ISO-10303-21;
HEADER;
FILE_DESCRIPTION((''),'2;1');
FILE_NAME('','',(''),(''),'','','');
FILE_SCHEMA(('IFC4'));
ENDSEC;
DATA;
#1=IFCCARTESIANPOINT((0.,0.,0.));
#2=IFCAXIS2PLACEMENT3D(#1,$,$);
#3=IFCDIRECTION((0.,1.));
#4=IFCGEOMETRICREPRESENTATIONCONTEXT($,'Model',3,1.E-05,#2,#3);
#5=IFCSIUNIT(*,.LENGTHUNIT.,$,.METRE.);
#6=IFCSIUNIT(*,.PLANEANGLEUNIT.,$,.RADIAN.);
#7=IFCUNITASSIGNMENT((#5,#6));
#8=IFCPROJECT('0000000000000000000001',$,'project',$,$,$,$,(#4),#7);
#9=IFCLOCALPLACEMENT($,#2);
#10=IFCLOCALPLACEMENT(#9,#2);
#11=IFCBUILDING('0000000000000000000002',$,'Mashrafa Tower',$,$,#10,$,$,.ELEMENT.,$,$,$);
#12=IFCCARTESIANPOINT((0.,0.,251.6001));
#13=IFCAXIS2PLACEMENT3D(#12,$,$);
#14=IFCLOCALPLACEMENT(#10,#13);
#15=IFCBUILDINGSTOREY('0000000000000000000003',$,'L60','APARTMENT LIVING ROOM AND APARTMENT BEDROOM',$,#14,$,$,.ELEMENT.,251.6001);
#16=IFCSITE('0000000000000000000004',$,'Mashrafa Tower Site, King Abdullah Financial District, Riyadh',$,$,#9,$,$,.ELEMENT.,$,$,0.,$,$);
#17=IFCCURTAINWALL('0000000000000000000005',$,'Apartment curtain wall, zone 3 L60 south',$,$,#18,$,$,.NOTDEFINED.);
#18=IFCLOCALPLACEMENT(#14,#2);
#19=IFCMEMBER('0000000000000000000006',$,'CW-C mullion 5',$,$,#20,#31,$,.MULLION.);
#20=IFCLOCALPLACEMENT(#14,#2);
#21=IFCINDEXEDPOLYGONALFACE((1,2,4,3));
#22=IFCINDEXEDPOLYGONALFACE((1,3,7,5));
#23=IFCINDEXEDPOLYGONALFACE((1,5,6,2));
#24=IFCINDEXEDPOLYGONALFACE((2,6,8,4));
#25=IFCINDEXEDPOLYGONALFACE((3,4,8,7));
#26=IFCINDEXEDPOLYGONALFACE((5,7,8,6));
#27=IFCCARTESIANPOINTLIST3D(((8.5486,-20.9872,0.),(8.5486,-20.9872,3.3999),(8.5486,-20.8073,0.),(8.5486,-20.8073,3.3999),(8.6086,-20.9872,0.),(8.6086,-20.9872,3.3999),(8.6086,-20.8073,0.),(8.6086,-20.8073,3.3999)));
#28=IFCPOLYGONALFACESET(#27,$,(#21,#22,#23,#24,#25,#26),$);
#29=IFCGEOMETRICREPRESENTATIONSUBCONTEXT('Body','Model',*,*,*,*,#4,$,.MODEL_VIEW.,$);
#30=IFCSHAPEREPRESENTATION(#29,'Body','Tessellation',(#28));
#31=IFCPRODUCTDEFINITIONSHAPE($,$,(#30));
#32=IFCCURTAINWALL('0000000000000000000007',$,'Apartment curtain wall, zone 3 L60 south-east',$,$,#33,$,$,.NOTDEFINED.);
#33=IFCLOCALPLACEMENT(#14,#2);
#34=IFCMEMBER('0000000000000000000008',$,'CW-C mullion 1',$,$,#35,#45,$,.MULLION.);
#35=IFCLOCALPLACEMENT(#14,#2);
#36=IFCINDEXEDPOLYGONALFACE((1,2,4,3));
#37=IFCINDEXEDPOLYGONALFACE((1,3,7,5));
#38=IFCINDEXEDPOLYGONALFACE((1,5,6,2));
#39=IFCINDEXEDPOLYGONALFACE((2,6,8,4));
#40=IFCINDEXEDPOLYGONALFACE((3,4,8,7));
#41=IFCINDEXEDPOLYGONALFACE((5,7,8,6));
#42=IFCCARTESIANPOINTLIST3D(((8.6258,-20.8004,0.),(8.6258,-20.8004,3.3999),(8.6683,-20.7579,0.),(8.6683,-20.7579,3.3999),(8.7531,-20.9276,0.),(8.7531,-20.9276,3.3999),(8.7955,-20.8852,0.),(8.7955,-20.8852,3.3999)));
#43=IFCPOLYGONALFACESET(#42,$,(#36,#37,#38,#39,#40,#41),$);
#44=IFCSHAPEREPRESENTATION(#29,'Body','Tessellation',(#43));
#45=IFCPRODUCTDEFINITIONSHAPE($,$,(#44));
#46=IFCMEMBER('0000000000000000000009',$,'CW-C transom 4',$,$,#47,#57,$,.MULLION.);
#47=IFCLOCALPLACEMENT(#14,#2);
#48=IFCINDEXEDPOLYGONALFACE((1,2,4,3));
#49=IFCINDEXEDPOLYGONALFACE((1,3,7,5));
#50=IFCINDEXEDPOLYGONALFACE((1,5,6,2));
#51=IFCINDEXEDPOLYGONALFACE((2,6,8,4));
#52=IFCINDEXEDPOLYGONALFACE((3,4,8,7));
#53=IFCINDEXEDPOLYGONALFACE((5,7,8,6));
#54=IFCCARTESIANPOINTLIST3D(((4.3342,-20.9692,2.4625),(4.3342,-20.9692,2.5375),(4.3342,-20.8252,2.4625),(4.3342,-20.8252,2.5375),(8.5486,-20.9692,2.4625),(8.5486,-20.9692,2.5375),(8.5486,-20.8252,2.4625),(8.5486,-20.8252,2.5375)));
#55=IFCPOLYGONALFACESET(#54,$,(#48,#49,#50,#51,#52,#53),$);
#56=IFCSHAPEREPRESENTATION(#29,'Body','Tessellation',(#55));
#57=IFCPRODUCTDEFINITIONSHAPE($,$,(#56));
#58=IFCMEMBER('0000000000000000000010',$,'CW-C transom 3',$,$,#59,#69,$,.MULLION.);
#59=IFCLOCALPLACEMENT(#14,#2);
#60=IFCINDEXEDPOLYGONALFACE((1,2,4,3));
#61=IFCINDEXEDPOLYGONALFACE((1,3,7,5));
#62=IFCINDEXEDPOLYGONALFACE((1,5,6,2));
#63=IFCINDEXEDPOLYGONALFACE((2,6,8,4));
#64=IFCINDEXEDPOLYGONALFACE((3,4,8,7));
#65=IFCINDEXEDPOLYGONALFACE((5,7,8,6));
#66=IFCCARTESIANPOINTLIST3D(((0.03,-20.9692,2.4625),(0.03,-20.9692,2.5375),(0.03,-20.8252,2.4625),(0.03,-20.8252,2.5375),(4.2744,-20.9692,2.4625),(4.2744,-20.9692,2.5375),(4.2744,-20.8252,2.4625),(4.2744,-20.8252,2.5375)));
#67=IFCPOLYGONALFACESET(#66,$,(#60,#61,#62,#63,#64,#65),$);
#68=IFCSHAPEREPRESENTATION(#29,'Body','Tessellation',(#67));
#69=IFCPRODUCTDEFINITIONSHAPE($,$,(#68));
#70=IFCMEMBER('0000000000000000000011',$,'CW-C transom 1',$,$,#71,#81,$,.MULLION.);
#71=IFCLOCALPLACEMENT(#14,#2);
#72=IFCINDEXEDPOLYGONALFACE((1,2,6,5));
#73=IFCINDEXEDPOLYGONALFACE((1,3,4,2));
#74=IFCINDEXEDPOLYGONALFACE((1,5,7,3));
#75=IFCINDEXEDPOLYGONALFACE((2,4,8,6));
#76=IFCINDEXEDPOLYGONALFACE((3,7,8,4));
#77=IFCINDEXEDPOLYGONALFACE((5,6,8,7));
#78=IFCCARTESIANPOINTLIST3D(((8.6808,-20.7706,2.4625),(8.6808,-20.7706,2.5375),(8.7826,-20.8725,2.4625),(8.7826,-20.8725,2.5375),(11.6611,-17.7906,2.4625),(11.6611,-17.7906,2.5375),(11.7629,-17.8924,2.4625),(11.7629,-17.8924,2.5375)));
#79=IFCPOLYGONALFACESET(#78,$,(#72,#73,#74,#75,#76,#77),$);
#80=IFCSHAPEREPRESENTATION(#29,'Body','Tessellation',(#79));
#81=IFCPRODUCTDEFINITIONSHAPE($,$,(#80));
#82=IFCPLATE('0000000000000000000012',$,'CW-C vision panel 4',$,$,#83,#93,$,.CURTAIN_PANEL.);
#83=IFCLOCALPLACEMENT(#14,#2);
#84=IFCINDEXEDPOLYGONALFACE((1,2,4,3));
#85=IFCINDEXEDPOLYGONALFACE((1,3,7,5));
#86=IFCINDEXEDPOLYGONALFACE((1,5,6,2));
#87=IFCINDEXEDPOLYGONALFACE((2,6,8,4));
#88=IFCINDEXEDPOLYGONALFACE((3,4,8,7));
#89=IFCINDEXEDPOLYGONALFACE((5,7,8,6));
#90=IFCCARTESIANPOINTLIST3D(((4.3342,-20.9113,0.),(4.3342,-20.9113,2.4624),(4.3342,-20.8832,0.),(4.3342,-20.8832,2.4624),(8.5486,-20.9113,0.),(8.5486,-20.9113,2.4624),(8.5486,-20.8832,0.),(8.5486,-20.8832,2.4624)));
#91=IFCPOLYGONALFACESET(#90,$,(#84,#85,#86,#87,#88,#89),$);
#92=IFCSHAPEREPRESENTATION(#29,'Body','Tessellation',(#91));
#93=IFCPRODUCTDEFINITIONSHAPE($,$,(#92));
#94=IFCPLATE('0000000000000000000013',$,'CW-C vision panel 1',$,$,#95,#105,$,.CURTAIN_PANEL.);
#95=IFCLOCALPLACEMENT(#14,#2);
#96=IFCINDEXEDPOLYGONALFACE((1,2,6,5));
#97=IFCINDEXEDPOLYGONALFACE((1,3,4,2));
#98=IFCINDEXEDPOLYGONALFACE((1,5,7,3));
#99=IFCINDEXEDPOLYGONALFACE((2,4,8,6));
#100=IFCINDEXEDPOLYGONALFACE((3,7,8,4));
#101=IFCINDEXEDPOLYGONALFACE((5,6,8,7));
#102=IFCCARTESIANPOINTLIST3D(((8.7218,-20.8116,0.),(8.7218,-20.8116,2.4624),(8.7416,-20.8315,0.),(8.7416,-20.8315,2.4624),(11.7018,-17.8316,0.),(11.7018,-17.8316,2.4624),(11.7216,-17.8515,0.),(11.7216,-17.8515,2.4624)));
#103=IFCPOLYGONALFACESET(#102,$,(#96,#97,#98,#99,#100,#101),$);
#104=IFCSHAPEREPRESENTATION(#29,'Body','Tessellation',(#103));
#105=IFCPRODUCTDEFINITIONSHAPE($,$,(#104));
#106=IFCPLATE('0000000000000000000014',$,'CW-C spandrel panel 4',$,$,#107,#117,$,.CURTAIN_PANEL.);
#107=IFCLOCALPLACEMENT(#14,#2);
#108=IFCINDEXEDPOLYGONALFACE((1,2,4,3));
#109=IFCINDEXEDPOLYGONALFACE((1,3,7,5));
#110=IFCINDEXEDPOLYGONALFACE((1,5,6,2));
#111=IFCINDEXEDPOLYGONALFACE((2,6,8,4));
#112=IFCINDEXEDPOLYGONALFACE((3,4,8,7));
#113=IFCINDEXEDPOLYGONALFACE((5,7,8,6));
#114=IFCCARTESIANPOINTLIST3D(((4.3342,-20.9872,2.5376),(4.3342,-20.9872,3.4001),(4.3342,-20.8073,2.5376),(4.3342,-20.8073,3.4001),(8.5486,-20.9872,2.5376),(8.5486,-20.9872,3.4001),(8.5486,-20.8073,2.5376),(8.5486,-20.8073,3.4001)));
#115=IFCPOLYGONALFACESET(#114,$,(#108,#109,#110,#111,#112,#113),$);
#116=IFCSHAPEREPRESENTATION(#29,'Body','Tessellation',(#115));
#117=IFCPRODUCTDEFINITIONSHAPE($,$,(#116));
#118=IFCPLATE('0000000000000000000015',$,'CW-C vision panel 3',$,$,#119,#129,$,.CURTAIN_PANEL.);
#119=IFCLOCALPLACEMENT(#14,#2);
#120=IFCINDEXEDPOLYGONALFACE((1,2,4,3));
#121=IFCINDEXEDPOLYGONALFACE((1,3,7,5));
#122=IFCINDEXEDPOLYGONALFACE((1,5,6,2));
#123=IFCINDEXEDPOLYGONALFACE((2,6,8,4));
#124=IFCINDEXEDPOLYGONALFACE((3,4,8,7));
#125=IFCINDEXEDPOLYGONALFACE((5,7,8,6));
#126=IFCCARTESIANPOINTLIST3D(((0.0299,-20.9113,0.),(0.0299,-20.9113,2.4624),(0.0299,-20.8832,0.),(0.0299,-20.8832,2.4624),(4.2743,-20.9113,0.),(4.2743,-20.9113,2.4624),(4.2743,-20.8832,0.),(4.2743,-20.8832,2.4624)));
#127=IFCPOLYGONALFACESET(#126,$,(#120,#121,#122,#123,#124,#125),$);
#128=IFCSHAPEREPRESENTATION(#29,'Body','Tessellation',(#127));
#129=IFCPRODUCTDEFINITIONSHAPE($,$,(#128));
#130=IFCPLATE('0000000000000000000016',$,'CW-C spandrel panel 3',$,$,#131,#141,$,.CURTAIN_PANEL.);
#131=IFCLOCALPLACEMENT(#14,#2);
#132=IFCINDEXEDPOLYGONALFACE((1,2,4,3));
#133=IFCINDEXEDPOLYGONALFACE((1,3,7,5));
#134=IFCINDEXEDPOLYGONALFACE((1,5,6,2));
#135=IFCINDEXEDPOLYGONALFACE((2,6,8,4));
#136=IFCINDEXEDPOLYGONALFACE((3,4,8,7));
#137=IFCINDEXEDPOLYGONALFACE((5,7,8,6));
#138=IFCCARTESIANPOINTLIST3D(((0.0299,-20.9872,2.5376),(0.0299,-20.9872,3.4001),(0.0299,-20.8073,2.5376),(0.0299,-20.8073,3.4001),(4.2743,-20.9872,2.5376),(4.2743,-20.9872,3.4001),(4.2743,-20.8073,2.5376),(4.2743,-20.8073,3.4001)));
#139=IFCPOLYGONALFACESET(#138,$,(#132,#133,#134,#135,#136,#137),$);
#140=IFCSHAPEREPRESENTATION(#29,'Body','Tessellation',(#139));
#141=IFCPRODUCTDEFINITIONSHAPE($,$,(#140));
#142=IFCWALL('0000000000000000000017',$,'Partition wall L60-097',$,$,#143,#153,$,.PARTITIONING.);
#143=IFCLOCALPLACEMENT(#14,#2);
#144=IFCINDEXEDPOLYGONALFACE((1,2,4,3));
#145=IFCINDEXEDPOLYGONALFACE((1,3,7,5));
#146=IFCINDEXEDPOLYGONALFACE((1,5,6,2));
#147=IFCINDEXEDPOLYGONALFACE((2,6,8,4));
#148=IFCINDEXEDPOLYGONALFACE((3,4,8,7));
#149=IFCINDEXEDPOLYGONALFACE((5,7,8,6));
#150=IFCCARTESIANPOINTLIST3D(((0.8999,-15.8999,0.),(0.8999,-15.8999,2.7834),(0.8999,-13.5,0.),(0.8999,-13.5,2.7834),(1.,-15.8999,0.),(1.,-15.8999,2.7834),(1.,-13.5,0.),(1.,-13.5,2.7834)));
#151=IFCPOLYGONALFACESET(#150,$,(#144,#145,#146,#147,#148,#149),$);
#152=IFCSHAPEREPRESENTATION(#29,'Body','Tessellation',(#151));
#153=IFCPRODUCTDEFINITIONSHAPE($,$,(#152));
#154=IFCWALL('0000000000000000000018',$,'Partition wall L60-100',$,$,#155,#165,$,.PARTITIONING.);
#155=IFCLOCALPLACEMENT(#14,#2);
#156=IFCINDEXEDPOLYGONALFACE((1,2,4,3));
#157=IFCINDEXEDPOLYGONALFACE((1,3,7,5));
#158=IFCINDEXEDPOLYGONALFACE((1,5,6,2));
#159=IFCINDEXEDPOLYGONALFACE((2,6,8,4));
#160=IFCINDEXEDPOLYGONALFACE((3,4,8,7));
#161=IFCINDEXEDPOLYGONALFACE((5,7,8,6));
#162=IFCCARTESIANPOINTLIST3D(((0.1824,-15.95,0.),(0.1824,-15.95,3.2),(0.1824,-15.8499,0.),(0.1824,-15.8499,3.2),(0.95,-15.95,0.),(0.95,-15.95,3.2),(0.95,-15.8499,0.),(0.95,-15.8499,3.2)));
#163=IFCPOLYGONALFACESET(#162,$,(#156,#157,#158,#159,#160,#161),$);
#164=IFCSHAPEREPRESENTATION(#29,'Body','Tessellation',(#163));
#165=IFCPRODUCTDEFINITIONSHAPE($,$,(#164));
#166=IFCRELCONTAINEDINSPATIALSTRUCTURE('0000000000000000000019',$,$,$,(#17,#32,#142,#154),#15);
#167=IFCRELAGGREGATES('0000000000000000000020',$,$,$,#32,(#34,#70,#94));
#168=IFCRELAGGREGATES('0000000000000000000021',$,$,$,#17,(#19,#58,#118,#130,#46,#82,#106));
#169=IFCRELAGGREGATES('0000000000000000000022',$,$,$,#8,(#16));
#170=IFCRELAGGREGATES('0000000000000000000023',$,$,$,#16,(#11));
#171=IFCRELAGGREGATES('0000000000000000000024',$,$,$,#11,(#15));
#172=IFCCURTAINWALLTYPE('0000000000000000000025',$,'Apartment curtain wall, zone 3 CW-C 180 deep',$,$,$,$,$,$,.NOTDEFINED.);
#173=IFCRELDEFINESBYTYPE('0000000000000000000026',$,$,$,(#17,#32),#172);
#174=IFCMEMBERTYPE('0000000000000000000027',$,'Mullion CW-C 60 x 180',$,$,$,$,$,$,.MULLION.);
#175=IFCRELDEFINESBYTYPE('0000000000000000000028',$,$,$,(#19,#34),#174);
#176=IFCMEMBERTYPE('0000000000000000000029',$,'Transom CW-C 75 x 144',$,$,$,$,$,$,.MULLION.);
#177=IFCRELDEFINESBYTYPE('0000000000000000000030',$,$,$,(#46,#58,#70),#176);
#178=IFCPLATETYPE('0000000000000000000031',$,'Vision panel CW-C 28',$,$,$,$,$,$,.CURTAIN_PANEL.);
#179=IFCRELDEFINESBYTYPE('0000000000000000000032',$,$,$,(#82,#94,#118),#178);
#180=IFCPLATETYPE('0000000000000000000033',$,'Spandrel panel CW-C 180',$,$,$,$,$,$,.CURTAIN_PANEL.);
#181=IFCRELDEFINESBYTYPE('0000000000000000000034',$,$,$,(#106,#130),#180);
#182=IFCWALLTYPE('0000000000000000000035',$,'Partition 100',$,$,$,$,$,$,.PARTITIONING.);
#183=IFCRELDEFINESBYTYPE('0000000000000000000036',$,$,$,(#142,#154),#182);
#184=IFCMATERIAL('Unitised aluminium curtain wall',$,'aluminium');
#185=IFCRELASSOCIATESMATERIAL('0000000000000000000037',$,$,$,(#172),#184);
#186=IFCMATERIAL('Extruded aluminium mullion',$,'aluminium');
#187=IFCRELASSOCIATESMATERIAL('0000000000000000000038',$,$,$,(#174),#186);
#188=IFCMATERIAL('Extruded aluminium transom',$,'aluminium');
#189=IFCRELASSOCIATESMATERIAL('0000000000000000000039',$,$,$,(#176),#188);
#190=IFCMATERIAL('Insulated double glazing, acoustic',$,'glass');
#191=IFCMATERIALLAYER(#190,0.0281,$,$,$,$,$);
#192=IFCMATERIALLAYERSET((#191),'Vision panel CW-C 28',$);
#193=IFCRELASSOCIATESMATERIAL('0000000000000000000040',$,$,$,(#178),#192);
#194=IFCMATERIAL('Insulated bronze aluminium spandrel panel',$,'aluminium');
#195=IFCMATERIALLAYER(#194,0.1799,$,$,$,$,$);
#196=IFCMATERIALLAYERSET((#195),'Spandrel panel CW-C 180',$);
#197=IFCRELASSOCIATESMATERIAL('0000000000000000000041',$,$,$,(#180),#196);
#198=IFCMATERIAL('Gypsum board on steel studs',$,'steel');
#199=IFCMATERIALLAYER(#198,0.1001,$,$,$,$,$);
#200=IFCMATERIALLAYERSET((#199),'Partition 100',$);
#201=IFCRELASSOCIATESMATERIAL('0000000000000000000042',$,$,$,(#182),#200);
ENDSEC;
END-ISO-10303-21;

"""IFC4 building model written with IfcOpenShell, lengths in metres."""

from ifc_helpers import new_model, si_unit, direction, frame, frame_2d, origin, origin_2d, place, context, subcontext, project, spatial, rectangle, extrude, source, transform, mapped, material, layer, layer_set, material_profile, profile_set, type_object, type_shapes, element, aggregate, save


model = new_model("IFC4")

# Units and contexts
model_context = context("Model", 3, precision=1e-05, world=origin(), true_north=direction((0.0, 1.0)))
body_context = subcontext(model_context, "Body", "Model", "MODEL_VIEW")
ifc_project = project(units=[si_unit("LENGTHUNIT", "METRE"), si_unit("PLANEANGLEUNIT", "RADIAN")], contexts=[model_context])

# Site, building, storey
site_placement = place(None, origin())
site = spatial("IfcSite", under=ifc_project, at=site_placement, Name="Mashrafa Tower Site, King Abdullah Financial District, Riyadh", CompositionType="ELEMENT", RefElevation=0.0)
building_placement = place(site_placement, origin())
building = spatial("IfcBuilding", under=site, at=building_placement, Name="Mashrafa Tower", CompositionType="ELEMENT")
storey_placement = place(building_placement, frame((0.0, 0.0, 251.6001)))
storey = spatial("IfcBuildingStorey", under=building, at=storey_placement, Name="L60", Description="APARTMENT LIVING ROOM AND APARTMENT BEDROOM", CompositionType="ELEMENT", Elevation=251.6001)

# Curtain wall, member
ifc_material_1 = material(Name="Unitised aluminium curtain wall", Category="aluminium")
curtain_wall_type = type_object("IfcCurtainWallType", Name="Apartment curtain wall, zone 3 CW-C 180 deep", PredefinedType="NOTDEFINED", material=ifc_material_1)
curtain_wall_1_placement = place(storey_placement, origin())
curtain_wall_1 = element("IfcCurtainWall", 1, at=curtain_wall_1_placement, inside=storey, type_object=curtain_wall_type, Name="Apartment curtain wall, zone 3 L60 south", PredefinedType="NOTDEFINED")
ifc_material_2 = material(Name="Extruded aluminium mullion", Category="aluminium")
ifc_material_profile_1 = material_profile(ifc_material_2, rectangle(XDim=0.1799, YDim=0.0601, at=origin_2d()), Name="Mullion 60x180")
ifc_profile_set_1 = profile_set([ifc_material_profile_1], Name="Extruded aluminium mullion")
member_type_1 = type_object("IfcMemberType", Name="Mullion CW-C 60 x 180", PredefinedType="MULLION", material=ifc_profile_set_1)
shared_shape_1 = source(origin(), body_context, "Body", "SweptSolid", [
    extrude(rectangle(XDim=0.1799, YDim=0.0601, at=origin_2d()), origin(), (0.0, 0.0, 1.0), 3.3999),
])
type_shapes(member_type_1, [shared_shape_1])
member_1_placement = place(storey_placement, frame((8.5786, -20.8972, 0.0), z_axis=(0.0, 0.0, 1.0), x_axis=(0.0, 1.0, 0.0)))
member_1 = element("IfcMember", 2, at=member_1_placement, type_object=member_type_1, Name="CW-C mullion 5", PredefinedType="MULLION", context=body_context, shape_type="MappedRepresentation", body=[
    mapped(shared_shape_1, transform((0.0, 0.0, 0.0))),
])

# Curtain wall, member
curtain_wall_2_placement = place(storey_placement, origin())
curtain_wall_2 = element("IfcCurtainWall", 3, at=curtain_wall_2_placement, inside=storey, type_object=curtain_wall_type, Name="Apartment curtain wall, zone 3 L60 south-east", PredefinedType="NOTDEFINED")
member_2_placement = place(storey_placement, frame((8.7107, -20.8428, 0.0), z_axis=(0.0, 0.0, 1.0), x_axis=(-0.707107, 0.707107, 0.0)))
member_2 = element("IfcMember", 4, at=member_2_placement, type_object=member_type_1, Name="CW-C mullion 1", PredefinedType="MULLION", context=body_context, shape_type="MappedRepresentation", body=[
    mapped(shared_shape_1, transform((0.0, 0.0, 0.0))),
])

# Members
ifc_material_3 = material(Name="Extruded aluminium transom", Category="aluminium")
ifc_material_profile_2 = material_profile(ifc_material_3, rectangle(XDim=0.144, YDim=0.075, at=origin_2d()), Name="Transom 75x144")
ifc_profile_set_2 = profile_set([ifc_material_profile_2], Name="Extruded aluminium transom")
member_type_2 = type_object("IfcMemberType", Name="Transom CW-C 75 x 144", PredefinedType="MULLION", material=ifc_profile_set_2)
shared_shape_2 = source(origin(), body_context, "Body", "SweptSolid", [
    extrude(rectangle(XDim=0.144, YDim=0.075, at=origin_2d()), origin(), (0.0, 0.0, 1.0), 4.2144),
])
member_3_placement = place(storey_placement, frame((4.3342, -20.8972, 2.5), z_axis=(1.0, 0.0, 0.0), x_axis=(0.0, 1.0, 0.0)))
member_3 = element("IfcMember", 5, at=member_3_placement, type_object=member_type_2, Name="CW-C transom 4", PredefinedType="MULLION", context=body_context, shape_type="MappedRepresentation", body=[
    mapped(shared_shape_2, transform((0.0, 0.0, 0.0))),
])
shared_shape_3 = source(origin(), body_context, "Body", "SweptSolid", [
    extrude(rectangle(XDim=0.144, YDim=0.075, at=origin_2d()), origin(), (0.0, 0.0, 1.0), 4.2444),
])
member_4_placement = place(storey_placement, frame((0.03, -20.8972, 2.5), z_axis=(1.0, 0.0, 0.0), x_axis=(0.0, 1.0, 0.0)))
member_4 = element("IfcMember", 6, at=member_4_placement, type_object=member_type_2, Name="CW-C transom 3", PredefinedType="MULLION", context=body_context, shape_type="MappedRepresentation", body=[
    mapped(shared_shape_3, transform((0.0, 0.0, 0.0))),
])
shared_shape_4 = source(origin(), body_context, "Body", "SweptSolid", [
    extrude(rectangle(XDim=0.144, YDim=0.075, at=origin_2d()), origin(), (0.0, 0.0, 1.0), 4.2146),
])
type_shapes(member_type_2, [shared_shape_2, shared_shape_3, shared_shape_4])
member_5_placement = place(storey_placement, frame((8.7317, -20.8215, 2.5), z_axis=(0.707136, 0.707078, 0.0), x_axis=(-0.707078, 0.707136, 0.0)))
member_5 = element("IfcMember", 7, at=member_5_placement, type_object=member_type_2, Name="CW-C transom 1", PredefinedType="MULLION", context=body_context, shape_type="MappedRepresentation", body=[
    mapped(shared_shape_4, transform((0.0, 0.0, 0.0))),
])

# Plates
ifc_material_4 = material(Name="Insulated double glazing, acoustic", Category="glass")
ifc_layer_1 = layer(ifc_material_4, 0.0281)
ifc_layer_set_1 = layer_set([ifc_layer_1], Name="Vision panel CW-C 28")
plate_type_1 = type_object("IfcPlateType", Name="Vision panel CW-C 28", PredefinedType="CURTAIN_PANEL", material=ifc_layer_set_1)
shared_shape_5 = source(origin(), body_context, "Body", "SweptSolid", [
    extrude(rectangle(XDim=4.2144, YDim=0.0281, at=origin_2d()), origin(), (0.0, 0.0, 1.0), 2.4624),
])
plate_1_placement = place(storey_placement, frame((6.4414, -20.8972, 0.0), z_axis=(0.0, 0.0, 1.0), x_axis=(1.0, 0.0, 0.0)))
plate_1 = element("IfcPlate", 8, at=plate_1_placement, type_object=plate_type_1, Name="CW-C vision panel 4", PredefinedType="CURTAIN_PANEL", context=body_context, shape_type="MappedRepresentation", body=[
    mapped(shared_shape_5, transform((0.0, 0.0, 0.0))),
])
plate_2_placement = place(storey_placement, frame((10.2217, -19.3315, 0.0), z_axis=(0.0, 0.0, 1.0), x_axis=(0.707107, 0.707107, 0.0)))
plate_2 = element("IfcPlate", 9, at=plate_2_placement, type_object=plate_type_1, Name="CW-C vision panel 1", PredefinedType="CURTAIN_PANEL", context=body_context, shape_type="MappedRepresentation", body=[
    mapped(shared_shape_5, transform((0.0, 0.0, 0.0))),
])
aggregate(curtain_wall_2, [member_2, member_5, plate_2])
ifc_material_5 = material(Name="Insulated bronze aluminium spandrel panel", Category="aluminium")
ifc_layer_2 = layer(ifc_material_5, 0.1799)
ifc_layer_set_2 = layer_set([ifc_layer_2], Name="Spandrel panel CW-C 180")
plate_type_2 = type_object("IfcPlateType", Name="Spandrel panel CW-C 180", PredefinedType="CURTAIN_PANEL", material=ifc_layer_set_2)
shared_shape_6 = source(origin(), body_context, "Body", "SweptSolid", [
    extrude(rectangle(XDim=4.2144, YDim=0.1799, at=origin_2d()), origin(), (0.0, 0.0, 1.0), 0.8625),
])
plate_3_placement = place(storey_placement, frame((6.4414, -20.8972, 2.5376), z_axis=(0.0, 0.0, 1.0), x_axis=(1.0, 0.0, 0.0)))
plate_3 = element("IfcPlate", 10, at=plate_3_placement, type_object=plate_type_2, Name="CW-C spandrel panel 4", PredefinedType="CURTAIN_PANEL", context=body_context, shape_type="MappedRepresentation", body=[
    mapped(shared_shape_6, transform((0.0, 0.0, 0.0))),
])
shared_shape_7 = source(origin(), body_context, "Body", "SweptSolid", [
    extrude(rectangle(XDim=4.2444, YDim=0.0281, at=origin_2d()), origin(), (0.0, 0.0, 1.0), 2.4624),
])
type_shapes(plate_type_1, [shared_shape_5, shared_shape_7])
plate_4_placement = place(storey_placement, frame((2.1521, -20.8972, 0.0), z_axis=(0.0, 0.0, 1.0), x_axis=(1.0, 0.0, 0.0)))
plate_4 = element("IfcPlate", 11, at=plate_4_placement, type_object=plate_type_1, Name="CW-C vision panel 3", PredefinedType="CURTAIN_PANEL", context=body_context, shape_type="MappedRepresentation", body=[
    mapped(shared_shape_7, transform((0.0, 0.0, 0.0))),
])
shared_shape_8 = source(origin(), body_context, "Body", "SweptSolid", [
    extrude(rectangle(XDim=4.2444, YDim=0.1799, at=origin_2d()), origin(), (0.0, 0.0, 1.0), 0.8625),
])
type_shapes(plate_type_2, [shared_shape_6, shared_shape_8])
plate_5_placement = place(storey_placement, frame((2.1521, -20.8972, 2.5376), z_axis=(0.0, 0.0, 1.0), x_axis=(1.0, 0.0, 0.0)))
plate_5 = element("IfcPlate", 12, at=plate_5_placement, type_object=plate_type_2, Name="CW-C spandrel panel 3", PredefinedType="CURTAIN_PANEL", context=body_context, shape_type="MappedRepresentation", body=[
    mapped(shared_shape_8, transform((0.0, 0.0, 0.0))),
])
aggregate(curtain_wall_1, [member_1, member_4, plate_4, plate_5, member_3, plate_1, plate_3])

# Walls
ifc_material_6 = material(Name="Gypsum board on steel studs", Category="steel")
ifc_layer_3 = layer(ifc_material_6, 0.1001)
ifc_layer_set_3 = layer_set([ifc_layer_3], Name="Partition 100")
wall_type = type_object("IfcWallType", Name="Partition 100", PredefinedType="PARTITIONING", material=ifc_layer_set_3)
wall_1_placement = place(storey_placement, frame((0.95, -15.8999, 0.0), z_axis=(0.0, 0.0, 1.0), x_axis=(0.0, 1.0, 0.0)))
element("IfcWall", 13, at=wall_1_placement, inside=storey, type_object=wall_type, Name="Partition wall L60-097", PredefinedType="PARTITIONING", context=body_context, shape_type="SweptSolid", body=[
    extrude(rectangle(XDim=2.3999, YDim=0.1001, at=frame_2d((1.2, 0.0))), origin(), (0.0, 0.0, 1.0), 2.7834),
])
wall_2_placement = place(storey_placement, frame((0.1824, -15.8999, 0.0), z_axis=(0.0, 0.0, 1.0), x_axis=(1.0, 0.0, 0.0)))
element("IfcWall", 14, at=wall_2_placement, inside=storey, type_object=wall_type, Name="Partition wall L60-100", PredefinedType="PARTITIONING", context=body_context, shape_type="SweptSolid", body=[
    extrude(rectangle(XDim=0.7676, YDim=0.1001, at=frame_2d((0.3838, 0.0))), origin(), (0.0, 0.0, 1.0), 3.2),
])

save(model, "model.ifc")
